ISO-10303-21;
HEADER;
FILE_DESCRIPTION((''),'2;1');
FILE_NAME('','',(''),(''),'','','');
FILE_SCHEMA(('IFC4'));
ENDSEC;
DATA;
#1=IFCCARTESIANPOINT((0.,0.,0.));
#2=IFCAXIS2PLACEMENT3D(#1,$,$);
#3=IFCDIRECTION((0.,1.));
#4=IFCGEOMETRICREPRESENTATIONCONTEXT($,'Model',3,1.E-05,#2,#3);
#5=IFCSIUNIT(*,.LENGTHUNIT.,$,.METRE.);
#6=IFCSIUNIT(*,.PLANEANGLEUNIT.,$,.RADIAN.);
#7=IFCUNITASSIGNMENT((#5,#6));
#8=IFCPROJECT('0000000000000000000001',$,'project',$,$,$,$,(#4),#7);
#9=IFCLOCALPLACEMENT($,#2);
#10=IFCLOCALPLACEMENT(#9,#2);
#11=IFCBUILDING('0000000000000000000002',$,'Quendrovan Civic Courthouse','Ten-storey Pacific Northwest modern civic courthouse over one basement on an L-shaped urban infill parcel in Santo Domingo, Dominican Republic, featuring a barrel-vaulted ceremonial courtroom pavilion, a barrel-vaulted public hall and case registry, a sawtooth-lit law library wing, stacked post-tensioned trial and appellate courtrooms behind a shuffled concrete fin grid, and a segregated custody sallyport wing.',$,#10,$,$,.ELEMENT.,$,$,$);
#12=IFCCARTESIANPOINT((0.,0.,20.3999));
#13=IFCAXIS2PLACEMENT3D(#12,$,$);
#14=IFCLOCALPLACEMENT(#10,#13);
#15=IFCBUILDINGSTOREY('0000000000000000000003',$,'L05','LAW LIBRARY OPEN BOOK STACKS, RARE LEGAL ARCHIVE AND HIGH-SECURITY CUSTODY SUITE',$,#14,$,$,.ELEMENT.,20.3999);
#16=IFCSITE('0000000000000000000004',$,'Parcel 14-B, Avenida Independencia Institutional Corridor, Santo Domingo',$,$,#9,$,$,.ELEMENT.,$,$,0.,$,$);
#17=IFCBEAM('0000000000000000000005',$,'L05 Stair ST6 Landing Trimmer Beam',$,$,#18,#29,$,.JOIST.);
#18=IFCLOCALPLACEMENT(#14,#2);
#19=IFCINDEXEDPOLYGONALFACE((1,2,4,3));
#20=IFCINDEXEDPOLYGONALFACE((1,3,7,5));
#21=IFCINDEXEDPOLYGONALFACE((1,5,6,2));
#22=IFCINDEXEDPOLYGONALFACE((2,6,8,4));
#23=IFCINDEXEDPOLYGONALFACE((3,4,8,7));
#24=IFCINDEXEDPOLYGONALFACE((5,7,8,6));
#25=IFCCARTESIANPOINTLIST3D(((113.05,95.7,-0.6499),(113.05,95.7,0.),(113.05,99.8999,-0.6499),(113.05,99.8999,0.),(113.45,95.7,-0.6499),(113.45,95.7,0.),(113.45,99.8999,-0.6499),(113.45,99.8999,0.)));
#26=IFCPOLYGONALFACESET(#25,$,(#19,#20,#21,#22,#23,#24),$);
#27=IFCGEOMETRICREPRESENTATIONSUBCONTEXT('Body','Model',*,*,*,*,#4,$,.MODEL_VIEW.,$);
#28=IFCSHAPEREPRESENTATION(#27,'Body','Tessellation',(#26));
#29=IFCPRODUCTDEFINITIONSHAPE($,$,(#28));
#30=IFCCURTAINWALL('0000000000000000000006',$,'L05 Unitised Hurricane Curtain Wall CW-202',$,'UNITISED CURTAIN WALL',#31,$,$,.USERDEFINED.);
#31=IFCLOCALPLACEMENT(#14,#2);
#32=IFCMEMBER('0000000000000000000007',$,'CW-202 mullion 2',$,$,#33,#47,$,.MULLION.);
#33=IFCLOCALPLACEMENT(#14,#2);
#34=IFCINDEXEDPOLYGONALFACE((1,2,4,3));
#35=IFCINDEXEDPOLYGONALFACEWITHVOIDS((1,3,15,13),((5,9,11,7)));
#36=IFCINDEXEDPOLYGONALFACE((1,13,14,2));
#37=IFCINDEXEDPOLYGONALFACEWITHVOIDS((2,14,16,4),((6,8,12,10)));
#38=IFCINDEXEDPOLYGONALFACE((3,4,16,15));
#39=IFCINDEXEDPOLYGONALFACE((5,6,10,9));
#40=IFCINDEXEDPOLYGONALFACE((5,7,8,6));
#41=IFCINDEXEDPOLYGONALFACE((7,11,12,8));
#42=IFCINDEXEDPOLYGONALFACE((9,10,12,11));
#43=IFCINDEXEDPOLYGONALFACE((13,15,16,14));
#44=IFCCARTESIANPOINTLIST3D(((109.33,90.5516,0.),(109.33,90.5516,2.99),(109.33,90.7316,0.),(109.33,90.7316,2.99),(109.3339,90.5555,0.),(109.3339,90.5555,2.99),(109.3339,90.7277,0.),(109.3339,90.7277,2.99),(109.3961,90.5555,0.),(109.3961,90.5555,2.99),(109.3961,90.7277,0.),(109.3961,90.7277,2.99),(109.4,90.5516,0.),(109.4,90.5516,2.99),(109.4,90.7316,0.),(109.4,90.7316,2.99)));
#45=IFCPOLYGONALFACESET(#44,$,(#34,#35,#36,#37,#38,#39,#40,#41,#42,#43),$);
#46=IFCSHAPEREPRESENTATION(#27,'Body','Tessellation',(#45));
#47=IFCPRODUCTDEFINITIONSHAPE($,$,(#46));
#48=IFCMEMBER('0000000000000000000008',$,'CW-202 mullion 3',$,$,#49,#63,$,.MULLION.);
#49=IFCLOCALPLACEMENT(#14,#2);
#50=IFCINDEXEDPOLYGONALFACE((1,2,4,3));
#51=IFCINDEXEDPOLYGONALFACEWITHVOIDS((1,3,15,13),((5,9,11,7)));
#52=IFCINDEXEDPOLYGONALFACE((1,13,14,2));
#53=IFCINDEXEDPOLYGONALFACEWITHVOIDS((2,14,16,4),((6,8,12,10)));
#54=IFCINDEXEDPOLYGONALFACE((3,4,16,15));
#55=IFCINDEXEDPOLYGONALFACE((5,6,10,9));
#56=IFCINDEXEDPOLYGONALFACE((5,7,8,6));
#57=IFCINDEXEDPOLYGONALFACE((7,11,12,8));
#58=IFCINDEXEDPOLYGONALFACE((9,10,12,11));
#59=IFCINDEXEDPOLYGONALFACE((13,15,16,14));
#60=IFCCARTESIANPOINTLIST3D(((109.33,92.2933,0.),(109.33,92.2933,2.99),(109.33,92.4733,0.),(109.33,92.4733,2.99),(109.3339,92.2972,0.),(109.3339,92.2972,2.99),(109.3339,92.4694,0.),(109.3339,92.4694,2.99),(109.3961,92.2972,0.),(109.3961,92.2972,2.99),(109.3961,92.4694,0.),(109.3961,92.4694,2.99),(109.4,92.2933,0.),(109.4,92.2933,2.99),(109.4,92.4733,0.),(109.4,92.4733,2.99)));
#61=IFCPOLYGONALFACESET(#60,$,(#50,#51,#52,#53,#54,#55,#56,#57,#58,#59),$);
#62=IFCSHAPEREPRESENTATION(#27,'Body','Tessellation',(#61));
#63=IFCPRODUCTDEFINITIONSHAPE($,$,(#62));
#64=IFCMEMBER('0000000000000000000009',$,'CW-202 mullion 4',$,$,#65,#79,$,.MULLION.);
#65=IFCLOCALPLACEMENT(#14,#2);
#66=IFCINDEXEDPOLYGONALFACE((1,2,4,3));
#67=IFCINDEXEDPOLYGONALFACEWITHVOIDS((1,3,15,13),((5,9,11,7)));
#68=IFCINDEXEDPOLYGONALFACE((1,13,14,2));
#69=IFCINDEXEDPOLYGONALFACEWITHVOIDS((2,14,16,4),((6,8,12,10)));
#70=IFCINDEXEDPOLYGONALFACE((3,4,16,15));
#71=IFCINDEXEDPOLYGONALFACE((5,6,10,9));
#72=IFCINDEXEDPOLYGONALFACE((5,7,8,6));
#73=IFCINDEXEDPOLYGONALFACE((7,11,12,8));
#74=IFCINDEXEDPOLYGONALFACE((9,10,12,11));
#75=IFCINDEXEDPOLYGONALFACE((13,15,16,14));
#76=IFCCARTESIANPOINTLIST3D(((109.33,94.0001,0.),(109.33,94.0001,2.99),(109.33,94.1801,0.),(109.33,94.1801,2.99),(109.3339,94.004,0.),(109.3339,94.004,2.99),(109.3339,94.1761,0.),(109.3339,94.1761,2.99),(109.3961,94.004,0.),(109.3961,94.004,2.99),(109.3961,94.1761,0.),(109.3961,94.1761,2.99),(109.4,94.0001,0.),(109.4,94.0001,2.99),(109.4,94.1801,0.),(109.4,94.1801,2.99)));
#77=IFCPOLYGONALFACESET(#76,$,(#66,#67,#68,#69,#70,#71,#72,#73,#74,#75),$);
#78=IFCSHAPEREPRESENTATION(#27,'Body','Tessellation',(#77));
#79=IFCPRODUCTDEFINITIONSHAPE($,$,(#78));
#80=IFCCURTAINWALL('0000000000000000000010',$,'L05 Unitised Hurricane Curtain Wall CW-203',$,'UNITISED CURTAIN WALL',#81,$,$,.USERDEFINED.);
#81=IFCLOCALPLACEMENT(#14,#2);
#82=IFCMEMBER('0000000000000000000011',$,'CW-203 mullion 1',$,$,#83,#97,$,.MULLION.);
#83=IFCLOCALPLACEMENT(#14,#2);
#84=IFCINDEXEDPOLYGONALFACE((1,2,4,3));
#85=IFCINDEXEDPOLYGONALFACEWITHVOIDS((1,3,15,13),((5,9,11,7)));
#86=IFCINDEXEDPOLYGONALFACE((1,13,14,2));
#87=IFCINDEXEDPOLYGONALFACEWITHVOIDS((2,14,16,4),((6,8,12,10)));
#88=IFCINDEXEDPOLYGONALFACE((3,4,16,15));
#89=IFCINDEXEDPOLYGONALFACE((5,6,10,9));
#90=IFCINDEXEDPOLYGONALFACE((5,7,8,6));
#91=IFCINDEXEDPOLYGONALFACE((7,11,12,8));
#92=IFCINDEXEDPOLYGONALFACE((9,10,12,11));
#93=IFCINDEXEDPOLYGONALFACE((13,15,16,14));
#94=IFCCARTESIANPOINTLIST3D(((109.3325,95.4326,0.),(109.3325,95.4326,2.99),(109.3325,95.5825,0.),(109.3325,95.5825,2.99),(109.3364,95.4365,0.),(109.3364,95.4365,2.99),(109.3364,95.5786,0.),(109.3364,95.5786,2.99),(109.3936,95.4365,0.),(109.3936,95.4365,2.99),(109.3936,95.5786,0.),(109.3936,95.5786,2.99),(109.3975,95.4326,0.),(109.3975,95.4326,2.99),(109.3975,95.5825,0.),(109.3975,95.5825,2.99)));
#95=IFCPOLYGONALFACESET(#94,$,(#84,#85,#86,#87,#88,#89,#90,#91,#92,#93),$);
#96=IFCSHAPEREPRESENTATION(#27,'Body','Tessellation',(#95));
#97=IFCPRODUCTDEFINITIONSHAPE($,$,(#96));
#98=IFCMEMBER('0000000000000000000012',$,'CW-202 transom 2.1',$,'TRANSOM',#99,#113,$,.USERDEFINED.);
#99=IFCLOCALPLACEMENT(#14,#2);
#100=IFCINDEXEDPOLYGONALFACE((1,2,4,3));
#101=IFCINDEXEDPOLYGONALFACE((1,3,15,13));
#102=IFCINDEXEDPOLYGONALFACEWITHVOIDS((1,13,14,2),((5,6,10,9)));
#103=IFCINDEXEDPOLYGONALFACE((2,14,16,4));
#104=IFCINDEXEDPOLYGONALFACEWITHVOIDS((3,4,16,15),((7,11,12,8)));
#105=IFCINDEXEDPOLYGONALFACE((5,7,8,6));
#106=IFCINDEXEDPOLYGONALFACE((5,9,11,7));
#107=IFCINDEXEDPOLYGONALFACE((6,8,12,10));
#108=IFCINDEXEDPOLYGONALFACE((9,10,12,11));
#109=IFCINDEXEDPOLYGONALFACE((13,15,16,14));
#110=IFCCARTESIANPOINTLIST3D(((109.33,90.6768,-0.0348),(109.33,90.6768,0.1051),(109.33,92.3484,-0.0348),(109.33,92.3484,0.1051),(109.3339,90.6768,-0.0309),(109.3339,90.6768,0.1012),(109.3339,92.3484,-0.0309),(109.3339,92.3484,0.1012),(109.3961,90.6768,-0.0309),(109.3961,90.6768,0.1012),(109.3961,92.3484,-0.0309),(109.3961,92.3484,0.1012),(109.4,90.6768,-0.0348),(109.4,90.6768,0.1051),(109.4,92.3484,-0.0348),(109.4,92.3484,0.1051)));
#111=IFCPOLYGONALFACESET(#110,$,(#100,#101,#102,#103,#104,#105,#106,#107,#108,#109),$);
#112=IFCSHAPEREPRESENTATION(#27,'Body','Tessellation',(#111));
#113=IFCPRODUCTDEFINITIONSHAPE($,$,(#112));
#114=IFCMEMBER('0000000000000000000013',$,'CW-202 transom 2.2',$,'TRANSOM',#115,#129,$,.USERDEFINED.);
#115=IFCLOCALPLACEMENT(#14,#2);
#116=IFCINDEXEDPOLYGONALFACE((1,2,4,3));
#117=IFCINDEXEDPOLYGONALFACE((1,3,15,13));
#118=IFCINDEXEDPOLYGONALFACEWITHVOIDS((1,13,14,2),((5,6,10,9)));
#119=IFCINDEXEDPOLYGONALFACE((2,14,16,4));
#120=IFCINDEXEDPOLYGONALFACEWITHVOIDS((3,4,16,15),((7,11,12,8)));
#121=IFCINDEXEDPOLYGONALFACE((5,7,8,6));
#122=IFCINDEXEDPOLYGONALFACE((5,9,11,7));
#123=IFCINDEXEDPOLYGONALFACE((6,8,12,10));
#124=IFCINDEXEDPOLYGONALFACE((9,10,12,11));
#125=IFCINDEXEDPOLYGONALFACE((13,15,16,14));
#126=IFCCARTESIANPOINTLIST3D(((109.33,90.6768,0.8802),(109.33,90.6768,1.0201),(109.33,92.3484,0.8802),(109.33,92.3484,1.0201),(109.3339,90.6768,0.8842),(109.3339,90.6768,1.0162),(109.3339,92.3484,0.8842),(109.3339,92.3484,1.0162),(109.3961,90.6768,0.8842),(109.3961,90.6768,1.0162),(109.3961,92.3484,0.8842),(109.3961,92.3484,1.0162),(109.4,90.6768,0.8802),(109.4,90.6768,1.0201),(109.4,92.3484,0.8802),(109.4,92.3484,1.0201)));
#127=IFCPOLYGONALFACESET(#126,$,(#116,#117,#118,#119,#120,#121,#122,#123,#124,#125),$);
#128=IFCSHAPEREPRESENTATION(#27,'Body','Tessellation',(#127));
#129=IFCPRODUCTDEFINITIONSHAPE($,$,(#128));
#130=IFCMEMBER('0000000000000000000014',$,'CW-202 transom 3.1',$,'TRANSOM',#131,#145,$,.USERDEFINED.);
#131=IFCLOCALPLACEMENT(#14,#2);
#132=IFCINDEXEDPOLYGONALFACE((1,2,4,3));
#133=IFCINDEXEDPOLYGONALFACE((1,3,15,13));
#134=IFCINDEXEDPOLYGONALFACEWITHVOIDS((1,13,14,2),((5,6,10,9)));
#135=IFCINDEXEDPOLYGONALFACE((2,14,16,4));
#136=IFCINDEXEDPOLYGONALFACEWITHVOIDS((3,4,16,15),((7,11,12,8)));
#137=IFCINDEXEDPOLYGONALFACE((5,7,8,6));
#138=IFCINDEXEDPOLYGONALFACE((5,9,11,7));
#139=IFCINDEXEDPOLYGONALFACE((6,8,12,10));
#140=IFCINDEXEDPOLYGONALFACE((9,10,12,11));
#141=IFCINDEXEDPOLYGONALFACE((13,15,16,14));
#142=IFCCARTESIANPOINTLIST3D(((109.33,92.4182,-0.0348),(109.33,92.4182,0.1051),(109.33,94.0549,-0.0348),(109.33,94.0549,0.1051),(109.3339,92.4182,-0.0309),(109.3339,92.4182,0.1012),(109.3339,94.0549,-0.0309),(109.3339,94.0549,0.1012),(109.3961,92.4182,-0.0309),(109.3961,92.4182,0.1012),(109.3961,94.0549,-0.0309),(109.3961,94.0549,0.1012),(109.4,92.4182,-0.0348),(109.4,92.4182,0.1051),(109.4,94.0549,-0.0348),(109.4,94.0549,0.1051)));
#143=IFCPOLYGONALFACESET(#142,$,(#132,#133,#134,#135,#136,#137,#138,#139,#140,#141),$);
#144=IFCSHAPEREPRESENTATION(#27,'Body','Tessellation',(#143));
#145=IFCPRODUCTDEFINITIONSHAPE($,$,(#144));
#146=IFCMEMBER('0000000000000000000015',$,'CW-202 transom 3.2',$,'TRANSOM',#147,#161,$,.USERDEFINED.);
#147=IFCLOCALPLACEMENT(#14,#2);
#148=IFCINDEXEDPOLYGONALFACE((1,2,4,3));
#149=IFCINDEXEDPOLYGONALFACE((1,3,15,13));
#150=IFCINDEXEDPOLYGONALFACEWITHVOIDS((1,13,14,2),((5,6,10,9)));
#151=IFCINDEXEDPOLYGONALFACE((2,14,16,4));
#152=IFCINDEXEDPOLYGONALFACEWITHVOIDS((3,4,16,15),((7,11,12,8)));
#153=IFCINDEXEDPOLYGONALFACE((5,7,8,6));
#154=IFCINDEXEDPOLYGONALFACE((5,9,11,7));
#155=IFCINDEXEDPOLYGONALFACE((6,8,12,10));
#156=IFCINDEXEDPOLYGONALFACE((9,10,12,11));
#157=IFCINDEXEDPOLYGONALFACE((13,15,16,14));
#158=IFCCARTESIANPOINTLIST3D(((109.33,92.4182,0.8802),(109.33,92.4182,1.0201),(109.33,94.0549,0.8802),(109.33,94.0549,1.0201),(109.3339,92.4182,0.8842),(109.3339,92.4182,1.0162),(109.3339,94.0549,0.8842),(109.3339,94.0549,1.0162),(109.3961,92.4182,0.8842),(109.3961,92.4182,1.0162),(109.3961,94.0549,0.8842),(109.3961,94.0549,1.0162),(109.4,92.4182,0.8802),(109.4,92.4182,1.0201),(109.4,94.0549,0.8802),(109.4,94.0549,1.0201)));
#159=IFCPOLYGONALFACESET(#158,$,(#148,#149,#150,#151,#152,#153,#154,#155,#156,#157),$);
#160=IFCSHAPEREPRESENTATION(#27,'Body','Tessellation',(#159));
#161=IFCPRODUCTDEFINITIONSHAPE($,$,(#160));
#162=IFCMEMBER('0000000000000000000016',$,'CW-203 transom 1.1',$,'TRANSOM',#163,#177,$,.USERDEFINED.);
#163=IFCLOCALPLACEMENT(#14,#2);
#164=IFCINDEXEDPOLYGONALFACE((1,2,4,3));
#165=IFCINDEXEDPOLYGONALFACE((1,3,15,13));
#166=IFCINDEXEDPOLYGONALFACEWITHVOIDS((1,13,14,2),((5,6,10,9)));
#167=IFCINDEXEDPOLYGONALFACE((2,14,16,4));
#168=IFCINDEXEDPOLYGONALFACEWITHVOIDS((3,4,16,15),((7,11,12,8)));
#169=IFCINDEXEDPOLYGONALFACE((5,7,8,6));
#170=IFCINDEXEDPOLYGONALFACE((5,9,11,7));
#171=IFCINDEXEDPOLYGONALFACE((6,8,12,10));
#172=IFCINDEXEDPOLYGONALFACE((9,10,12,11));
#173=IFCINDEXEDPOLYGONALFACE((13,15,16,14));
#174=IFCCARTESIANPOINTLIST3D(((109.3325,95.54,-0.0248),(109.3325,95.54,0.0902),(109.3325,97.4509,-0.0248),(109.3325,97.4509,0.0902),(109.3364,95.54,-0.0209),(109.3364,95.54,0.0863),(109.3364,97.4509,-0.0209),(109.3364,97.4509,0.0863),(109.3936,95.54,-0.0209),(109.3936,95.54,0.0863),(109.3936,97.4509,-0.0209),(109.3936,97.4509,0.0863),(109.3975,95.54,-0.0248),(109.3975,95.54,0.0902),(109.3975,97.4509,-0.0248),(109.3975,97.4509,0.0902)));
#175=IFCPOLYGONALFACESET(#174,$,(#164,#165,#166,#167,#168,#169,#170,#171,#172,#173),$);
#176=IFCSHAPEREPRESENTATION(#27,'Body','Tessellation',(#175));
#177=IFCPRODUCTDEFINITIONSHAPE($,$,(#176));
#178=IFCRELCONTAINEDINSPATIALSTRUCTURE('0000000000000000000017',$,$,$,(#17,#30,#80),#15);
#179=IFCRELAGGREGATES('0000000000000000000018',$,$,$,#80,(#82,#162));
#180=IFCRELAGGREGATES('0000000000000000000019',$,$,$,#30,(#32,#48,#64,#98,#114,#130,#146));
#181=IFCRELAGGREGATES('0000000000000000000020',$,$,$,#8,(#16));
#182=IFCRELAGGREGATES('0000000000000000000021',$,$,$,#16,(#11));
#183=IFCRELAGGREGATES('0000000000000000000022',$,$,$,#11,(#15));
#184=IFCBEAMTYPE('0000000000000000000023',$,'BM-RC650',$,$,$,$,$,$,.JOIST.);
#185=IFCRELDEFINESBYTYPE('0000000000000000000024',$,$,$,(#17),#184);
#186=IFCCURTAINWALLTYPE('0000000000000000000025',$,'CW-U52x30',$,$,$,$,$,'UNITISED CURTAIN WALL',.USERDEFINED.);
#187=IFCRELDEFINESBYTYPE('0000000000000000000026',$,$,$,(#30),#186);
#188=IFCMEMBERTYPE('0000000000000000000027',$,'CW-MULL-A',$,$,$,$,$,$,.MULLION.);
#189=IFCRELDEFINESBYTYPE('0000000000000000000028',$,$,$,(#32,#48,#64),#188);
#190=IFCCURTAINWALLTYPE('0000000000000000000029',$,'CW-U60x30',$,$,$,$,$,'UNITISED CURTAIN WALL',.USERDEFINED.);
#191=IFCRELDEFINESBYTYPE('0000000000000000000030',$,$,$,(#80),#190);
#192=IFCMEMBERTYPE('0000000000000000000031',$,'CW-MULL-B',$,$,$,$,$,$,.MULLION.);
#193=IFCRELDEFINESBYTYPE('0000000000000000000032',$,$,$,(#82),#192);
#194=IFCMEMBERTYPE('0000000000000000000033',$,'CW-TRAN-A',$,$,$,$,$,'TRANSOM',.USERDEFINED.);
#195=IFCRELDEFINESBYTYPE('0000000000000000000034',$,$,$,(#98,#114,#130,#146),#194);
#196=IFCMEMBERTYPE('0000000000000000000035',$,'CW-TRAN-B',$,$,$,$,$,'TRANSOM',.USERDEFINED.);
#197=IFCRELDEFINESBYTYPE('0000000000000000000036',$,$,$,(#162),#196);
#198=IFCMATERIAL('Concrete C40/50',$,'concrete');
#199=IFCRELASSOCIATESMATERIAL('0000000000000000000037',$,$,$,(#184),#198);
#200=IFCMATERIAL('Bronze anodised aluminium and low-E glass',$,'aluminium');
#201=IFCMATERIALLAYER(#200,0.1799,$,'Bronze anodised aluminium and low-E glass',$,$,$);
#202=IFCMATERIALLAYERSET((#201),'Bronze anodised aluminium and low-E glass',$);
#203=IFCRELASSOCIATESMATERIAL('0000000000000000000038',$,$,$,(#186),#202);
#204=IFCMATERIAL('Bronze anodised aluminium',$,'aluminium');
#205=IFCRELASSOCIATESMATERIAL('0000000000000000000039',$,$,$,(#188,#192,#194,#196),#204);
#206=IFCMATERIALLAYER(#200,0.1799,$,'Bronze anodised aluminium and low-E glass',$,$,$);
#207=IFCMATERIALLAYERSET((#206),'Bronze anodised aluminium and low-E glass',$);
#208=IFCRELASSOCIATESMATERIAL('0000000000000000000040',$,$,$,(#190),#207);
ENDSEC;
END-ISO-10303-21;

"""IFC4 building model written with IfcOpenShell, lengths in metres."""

from ifc_helpers import new_model, si_unit, direction, frame, origin, origin_2d, place, context, subcontext, project, spatial, rectangle, hollow_rectangle, extrude, material, layer, layer_set, material_profile, profile_set, type_object, element, aggregate, save


model = new_model("IFC4")

# Units and contexts
model_context = context("Model", 3, precision=1e-05, world=origin(), true_north=direction((0.0, 1.0)))
body_context = subcontext(model_context, "Body", "Model", "MODEL_VIEW")
ifc_project = project(units=[si_unit("LENGTHUNIT", "METRE"), si_unit("PLANEANGLEUNIT", "RADIAN")], contexts=[model_context])

# Site, building, storey
site_placement = place(None, origin())
site = spatial("IfcSite", under=ifc_project, at=site_placement, Name="Parcel 14-B, Avenida Independencia Institutional Corridor, Santo Domingo", CompositionType="ELEMENT", RefElevation=0.0)
building_placement = place(site_placement, origin())
building = spatial("IfcBuilding", under=site, at=building_placement, Name="Quendrovan Civic Courthouse", Description="Ten-storey Pacific Northwest modern civic courthouse over one basement on an L-shaped urban infill parcel in Santo Domingo, Dominican Republic, featuring a barrel-vaulted ceremonial courtroom pavilion, a barrel-vaulted public hall and case registry, a sawtooth-lit law library wing, stacked post-tensioned trial and appellate courtrooms behind a shuffled concrete fin grid, and a segregated custody sallyport wing.", CompositionType="ELEMENT")
storey_placement = place(building_placement, frame((0.0, 0.0, 20.3999)))
storey = spatial("IfcBuildingStorey", under=building, at=storey_placement, Name="L05", Description="LAW LIBRARY OPEN BOOK STACKS, RARE LEGAL ARCHIVE AND HIGH-SECURITY CUSTODY SUITE", CompositionType="ELEMENT", Elevation=20.3999)

# Beam
ifc_material_1 = material(Name="Concrete C40/50", Category="concrete")
ifc_material_profile_1 = material_profile(ifc_material_1, rectangle(XDim=0.3999, YDim=0.6499, at=origin_2d()), Name="RC-BM-400x650")
ifc_profile_set_1 = profile_set([ifc_material_profile_1], Name="Concrete C40/50")
beam_type = type_object("IfcBeamType", Name="BM-RC650", PredefinedType="JOIST", material=ifc_profile_set_1)
beam_placement = place(storey_placement, frame((113.25, 95.7, -0.325), z_axis=(0.0, 1.0, 0.0), x_axis=(-1.0, 0.0, 0.0)))
element("IfcBeam", 1, at=beam_placement, inside=storey, type_object=beam_type, Name="L05 Stair ST6 Landing Trimmer Beam", PredefinedType="JOIST", context=body_context, shape_type="SweptSolid", body=[
    extrude(rectangle(XDim=0.3999, YDim=0.6499, at=origin_2d()), origin(), (0.0, 0.0, 1.0), 4.2),
])

# Curtain wall, members
ifc_material_2 = material(Name="Bronze anodised aluminium and low-E glass", Category="aluminium")
ifc_layer_1 = layer(ifc_material_2, 0.1799, Name="Bronze anodised aluminium and low-E glass")
ifc_layer_set_1 = layer_set([ifc_layer_1], Name="Bronze anodised aluminium and low-E glass")
curtain_wall_type_1 = type_object("IfcCurtainWallType", Name="CW-U52x30", ElementType="UNITISED CURTAIN WALL", PredefinedType="USERDEFINED", material=ifc_layer_set_1)
curtain_wall_1_placement = place(storey_placement, origin())
curtain_wall_1 = element("IfcCurtainWall", 2, at=curtain_wall_1_placement, inside=storey, type_object=curtain_wall_type_1, Name="L05 Unitised Hurricane Curtain Wall CW-202", ObjectType="UNITISED CURTAIN WALL", PredefinedType="USERDEFINED")
ifc_material_3 = material(Name="Bronze anodised aluminium", Category="aluminium")
ifc_material_profile_2 = material_profile(ifc_material_3, hollow_rectangle(XDim=0.0701, YDim=0.1799, WallThickness=0.0039, at=origin_2d()), Name="CW-MULL-70x180")
ifc_profile_set_2 = profile_set([ifc_material_profile_2], Name="Bronze anodised aluminium")
member_type_1 = type_object("IfcMemberType", Name="CW-MULL-A", PredefinedType="MULLION", material=ifc_profile_set_2)
member_1_placement = place(storey_placement, frame((109.365, 90.6416, 0.0), z_axis=(0.0, 0.0, 1.0), x_axis=(-1.0, 0.0, 0.0)))
member_1 = element("IfcMember", 3, at=member_1_placement, type_object=member_type_1, Name="CW-202 mullion 2", PredefinedType="MULLION", context=body_context, shape_type="SweptSolid", body=[
    extrude(hollow_rectangle(XDim=0.0701, YDim=0.1799, WallThickness=0.0039, at=origin_2d()), origin(), (0.0, 0.0, 1.0), 2.99),
])
member_2_placement = place(storey_placement, frame((109.365, 92.3833, 0.0), z_axis=(0.0, 0.0, 1.0), x_axis=(-1.0, 0.0, 0.0)))
member_2 = element("IfcMember", 4, at=member_2_placement, type_object=member_type_1, Name="CW-202 mullion 3", PredefinedType="MULLION", context=body_context, shape_type="SweptSolid", body=[
    extrude(hollow_rectangle(XDim=0.0701, YDim=0.1799, WallThickness=0.0039, at=origin_2d()), origin(), (0.0, 0.0, 1.0), 2.99),
])
member_3_placement = place(storey_placement, frame((109.365, 94.0901, 0.0), z_axis=(0.0, 0.0, 1.0), x_axis=(-1.0, 0.0, 0.0)))
member_3 = element("IfcMember", 5, at=member_3_placement, type_object=member_type_1, Name="CW-202 mullion 4", PredefinedType="MULLION", context=body_context, shape_type="SweptSolid", body=[
    extrude(hollow_rectangle(XDim=0.0701, YDim=0.1799, WallThickness=0.0039, at=origin_2d()), origin(), (0.0, 0.0, 1.0), 2.99),
])

# Curtain wall, member
ifc_layer_2 = layer(ifc_material_2, 0.1799, Name="Bronze anodised aluminium and low-E glass")
ifc_layer_set_2 = layer_set([ifc_layer_2], Name="Bronze anodised aluminium and low-E glass")
curtain_wall_type_2 = type_object("IfcCurtainWallType", Name="CW-U60x30", ElementType="UNITISED CURTAIN WALL", PredefinedType="USERDEFINED", material=ifc_layer_set_2)
curtain_wall_2_placement = place(storey_placement, origin())
curtain_wall_2 = element("IfcCurtainWall", 6, at=curtain_wall_2_placement, inside=storey, type_object=curtain_wall_type_2, Name="L05 Unitised Hurricane Curtain Wall CW-203", ObjectType="UNITISED CURTAIN WALL", PredefinedType="USERDEFINED")
ifc_material_profile_3 = material_profile(ifc_material_3, hollow_rectangle(XDim=0.0649, YDim=0.1499, WallThickness=0.0039, at=origin_2d()), Name="CW-MULL-65x150")
ifc_profile_set_3 = profile_set([ifc_material_profile_3], Name="Bronze anodised aluminium")
member_type_2 = type_object("IfcMemberType", Name="CW-MULL-B", PredefinedType="MULLION", material=ifc_profile_set_3)
member_4_placement = place(storey_placement, frame((109.365, 95.5076, 0.0), z_axis=(0.0, 0.0, 1.0), x_axis=(-1.0, 0.0, 0.0)))
member_4 = element("IfcMember", 7, at=member_4_placement, type_object=member_type_2, Name="CW-203 mullion 1", PredefinedType="MULLION", context=body_context, shape_type="SweptSolid", body=[
    extrude(hollow_rectangle(XDim=0.0649, YDim=0.1499, WallThickness=0.0039, at=origin_2d()), origin(), (0.0, 0.0, 1.0), 2.99),
])

# Members
ifc_material_profile_4 = material_profile(ifc_material_3, hollow_rectangle(XDim=0.0701, YDim=0.1399, WallThickness=0.0039, at=origin_2d()), Name="CW-TRAN-70x140")
ifc_profile_set_4 = profile_set([ifc_material_profile_4], Name="Bronze anodised aluminium")
member_type_3 = type_object("IfcMemberType", Name="CW-TRAN-A", ElementType="TRANSOM", PredefinedType="USERDEFINED", material=ifc_profile_set_4)
member_5_placement = place(storey_placement, frame((109.365, 90.6768, 0.0352), z_axis=(0.0, 1.0, 0.0), x_axis=(-1.0, 0.0, 0.0)))
member_5 = element("IfcMember", 8, at=member_5_placement, type_object=member_type_3, Name="CW-202 transom 2.1", ObjectType="TRANSOM", PredefinedType="USERDEFINED", context=body_context, shape_type="SweptSolid", body=[
    extrude(hollow_rectangle(XDim=0.0701, YDim=0.1399, WallThickness=0.0039, at=origin_2d()), origin(), (0.0, 0.0, 1.0), 1.6716),
])
member_6_placement = place(storey_placement, frame((109.365, 90.6768, 0.9502), z_axis=(0.0, 1.0, 0.0), x_axis=(-1.0, 0.0, 0.0)))
member_6 = element("IfcMember", 9, at=member_6_placement, type_object=member_type_3, Name="CW-202 transom 2.2", ObjectType="TRANSOM", PredefinedType="USERDEFINED", context=body_context, shape_type="SweptSolid", body=[
    extrude(hollow_rectangle(XDim=0.0701, YDim=0.1399, WallThickness=0.0039, at=origin_2d()), origin(), (0.0, 0.0, 1.0), 1.6716),
])
member_7_placement = place(storey_placement, frame((109.365, 92.4182, 0.0352), z_axis=(0.0, 1.0, 0.0), x_axis=(-1.0, 0.0, 0.0)))
member_7 = element("IfcMember", 10, at=member_7_placement, type_object=member_type_3, Name="CW-202 transom 3.1", ObjectType="TRANSOM", PredefinedType="USERDEFINED", context=body_context, shape_type="SweptSolid", body=[
    extrude(hollow_rectangle(XDim=0.0701, YDim=0.1399, WallThickness=0.0039, at=origin_2d()), origin(), (0.0, 0.0, 1.0), 1.6367),
])
member_8_placement = place(storey_placement, frame((109.365, 92.4182, 0.9502), z_axis=(0.0, 1.0, 0.0), x_axis=(-1.0, 0.0, 0.0)))
member_8 = element("IfcMember", 11, at=member_8_placement, type_object=member_type_3, Name="CW-202 transom 3.2", ObjectType="TRANSOM", PredefinedType="USERDEFINED", context=body_context, shape_type="SweptSolid", body=[
    extrude(hollow_rectangle(XDim=0.0701, YDim=0.1399, WallThickness=0.0039, at=origin_2d()), origin(), (0.0, 0.0, 1.0), 1.6367),
])
ifc_material_profile_5 = material_profile(ifc_material_3, hollow_rectangle(XDim=0.0649, YDim=0.115, WallThickness=0.0039, at=origin_2d()), Name="CW-TRAN-65x115")
ifc_profile_set_5 = profile_set([ifc_material_profile_5], Name="Bronze anodised aluminium")
member_type_4 = type_object("IfcMemberType", Name="CW-TRAN-B", ElementType="TRANSOM", PredefinedType="USERDEFINED", material=ifc_profile_set_5)
member_9_placement = place(storey_placement, frame((109.365, 95.54, 0.0327), z_axis=(0.0, 1.0, 0.0), x_axis=(-1.0, 0.0, 0.0)))
member_9 = element("IfcMember", 12, at=member_9_placement, type_object=member_type_4, Name="CW-203 transom 1.1", ObjectType="TRANSOM", PredefinedType="USERDEFINED", context=body_context, shape_type="SweptSolid", body=[
    extrude(hollow_rectangle(XDim=0.0649, YDim=0.115, WallThickness=0.0039, at=origin_2d()), origin(), (0.0, 0.0, 1.0), 1.9109),
])
aggregate(curtain_wall_2, [member_4, member_9])

aggregate(curtain_wall_1, [member_1, member_2, member_3, member_5, member_6, member_7, member_8])

save(model, "model.ifc")
